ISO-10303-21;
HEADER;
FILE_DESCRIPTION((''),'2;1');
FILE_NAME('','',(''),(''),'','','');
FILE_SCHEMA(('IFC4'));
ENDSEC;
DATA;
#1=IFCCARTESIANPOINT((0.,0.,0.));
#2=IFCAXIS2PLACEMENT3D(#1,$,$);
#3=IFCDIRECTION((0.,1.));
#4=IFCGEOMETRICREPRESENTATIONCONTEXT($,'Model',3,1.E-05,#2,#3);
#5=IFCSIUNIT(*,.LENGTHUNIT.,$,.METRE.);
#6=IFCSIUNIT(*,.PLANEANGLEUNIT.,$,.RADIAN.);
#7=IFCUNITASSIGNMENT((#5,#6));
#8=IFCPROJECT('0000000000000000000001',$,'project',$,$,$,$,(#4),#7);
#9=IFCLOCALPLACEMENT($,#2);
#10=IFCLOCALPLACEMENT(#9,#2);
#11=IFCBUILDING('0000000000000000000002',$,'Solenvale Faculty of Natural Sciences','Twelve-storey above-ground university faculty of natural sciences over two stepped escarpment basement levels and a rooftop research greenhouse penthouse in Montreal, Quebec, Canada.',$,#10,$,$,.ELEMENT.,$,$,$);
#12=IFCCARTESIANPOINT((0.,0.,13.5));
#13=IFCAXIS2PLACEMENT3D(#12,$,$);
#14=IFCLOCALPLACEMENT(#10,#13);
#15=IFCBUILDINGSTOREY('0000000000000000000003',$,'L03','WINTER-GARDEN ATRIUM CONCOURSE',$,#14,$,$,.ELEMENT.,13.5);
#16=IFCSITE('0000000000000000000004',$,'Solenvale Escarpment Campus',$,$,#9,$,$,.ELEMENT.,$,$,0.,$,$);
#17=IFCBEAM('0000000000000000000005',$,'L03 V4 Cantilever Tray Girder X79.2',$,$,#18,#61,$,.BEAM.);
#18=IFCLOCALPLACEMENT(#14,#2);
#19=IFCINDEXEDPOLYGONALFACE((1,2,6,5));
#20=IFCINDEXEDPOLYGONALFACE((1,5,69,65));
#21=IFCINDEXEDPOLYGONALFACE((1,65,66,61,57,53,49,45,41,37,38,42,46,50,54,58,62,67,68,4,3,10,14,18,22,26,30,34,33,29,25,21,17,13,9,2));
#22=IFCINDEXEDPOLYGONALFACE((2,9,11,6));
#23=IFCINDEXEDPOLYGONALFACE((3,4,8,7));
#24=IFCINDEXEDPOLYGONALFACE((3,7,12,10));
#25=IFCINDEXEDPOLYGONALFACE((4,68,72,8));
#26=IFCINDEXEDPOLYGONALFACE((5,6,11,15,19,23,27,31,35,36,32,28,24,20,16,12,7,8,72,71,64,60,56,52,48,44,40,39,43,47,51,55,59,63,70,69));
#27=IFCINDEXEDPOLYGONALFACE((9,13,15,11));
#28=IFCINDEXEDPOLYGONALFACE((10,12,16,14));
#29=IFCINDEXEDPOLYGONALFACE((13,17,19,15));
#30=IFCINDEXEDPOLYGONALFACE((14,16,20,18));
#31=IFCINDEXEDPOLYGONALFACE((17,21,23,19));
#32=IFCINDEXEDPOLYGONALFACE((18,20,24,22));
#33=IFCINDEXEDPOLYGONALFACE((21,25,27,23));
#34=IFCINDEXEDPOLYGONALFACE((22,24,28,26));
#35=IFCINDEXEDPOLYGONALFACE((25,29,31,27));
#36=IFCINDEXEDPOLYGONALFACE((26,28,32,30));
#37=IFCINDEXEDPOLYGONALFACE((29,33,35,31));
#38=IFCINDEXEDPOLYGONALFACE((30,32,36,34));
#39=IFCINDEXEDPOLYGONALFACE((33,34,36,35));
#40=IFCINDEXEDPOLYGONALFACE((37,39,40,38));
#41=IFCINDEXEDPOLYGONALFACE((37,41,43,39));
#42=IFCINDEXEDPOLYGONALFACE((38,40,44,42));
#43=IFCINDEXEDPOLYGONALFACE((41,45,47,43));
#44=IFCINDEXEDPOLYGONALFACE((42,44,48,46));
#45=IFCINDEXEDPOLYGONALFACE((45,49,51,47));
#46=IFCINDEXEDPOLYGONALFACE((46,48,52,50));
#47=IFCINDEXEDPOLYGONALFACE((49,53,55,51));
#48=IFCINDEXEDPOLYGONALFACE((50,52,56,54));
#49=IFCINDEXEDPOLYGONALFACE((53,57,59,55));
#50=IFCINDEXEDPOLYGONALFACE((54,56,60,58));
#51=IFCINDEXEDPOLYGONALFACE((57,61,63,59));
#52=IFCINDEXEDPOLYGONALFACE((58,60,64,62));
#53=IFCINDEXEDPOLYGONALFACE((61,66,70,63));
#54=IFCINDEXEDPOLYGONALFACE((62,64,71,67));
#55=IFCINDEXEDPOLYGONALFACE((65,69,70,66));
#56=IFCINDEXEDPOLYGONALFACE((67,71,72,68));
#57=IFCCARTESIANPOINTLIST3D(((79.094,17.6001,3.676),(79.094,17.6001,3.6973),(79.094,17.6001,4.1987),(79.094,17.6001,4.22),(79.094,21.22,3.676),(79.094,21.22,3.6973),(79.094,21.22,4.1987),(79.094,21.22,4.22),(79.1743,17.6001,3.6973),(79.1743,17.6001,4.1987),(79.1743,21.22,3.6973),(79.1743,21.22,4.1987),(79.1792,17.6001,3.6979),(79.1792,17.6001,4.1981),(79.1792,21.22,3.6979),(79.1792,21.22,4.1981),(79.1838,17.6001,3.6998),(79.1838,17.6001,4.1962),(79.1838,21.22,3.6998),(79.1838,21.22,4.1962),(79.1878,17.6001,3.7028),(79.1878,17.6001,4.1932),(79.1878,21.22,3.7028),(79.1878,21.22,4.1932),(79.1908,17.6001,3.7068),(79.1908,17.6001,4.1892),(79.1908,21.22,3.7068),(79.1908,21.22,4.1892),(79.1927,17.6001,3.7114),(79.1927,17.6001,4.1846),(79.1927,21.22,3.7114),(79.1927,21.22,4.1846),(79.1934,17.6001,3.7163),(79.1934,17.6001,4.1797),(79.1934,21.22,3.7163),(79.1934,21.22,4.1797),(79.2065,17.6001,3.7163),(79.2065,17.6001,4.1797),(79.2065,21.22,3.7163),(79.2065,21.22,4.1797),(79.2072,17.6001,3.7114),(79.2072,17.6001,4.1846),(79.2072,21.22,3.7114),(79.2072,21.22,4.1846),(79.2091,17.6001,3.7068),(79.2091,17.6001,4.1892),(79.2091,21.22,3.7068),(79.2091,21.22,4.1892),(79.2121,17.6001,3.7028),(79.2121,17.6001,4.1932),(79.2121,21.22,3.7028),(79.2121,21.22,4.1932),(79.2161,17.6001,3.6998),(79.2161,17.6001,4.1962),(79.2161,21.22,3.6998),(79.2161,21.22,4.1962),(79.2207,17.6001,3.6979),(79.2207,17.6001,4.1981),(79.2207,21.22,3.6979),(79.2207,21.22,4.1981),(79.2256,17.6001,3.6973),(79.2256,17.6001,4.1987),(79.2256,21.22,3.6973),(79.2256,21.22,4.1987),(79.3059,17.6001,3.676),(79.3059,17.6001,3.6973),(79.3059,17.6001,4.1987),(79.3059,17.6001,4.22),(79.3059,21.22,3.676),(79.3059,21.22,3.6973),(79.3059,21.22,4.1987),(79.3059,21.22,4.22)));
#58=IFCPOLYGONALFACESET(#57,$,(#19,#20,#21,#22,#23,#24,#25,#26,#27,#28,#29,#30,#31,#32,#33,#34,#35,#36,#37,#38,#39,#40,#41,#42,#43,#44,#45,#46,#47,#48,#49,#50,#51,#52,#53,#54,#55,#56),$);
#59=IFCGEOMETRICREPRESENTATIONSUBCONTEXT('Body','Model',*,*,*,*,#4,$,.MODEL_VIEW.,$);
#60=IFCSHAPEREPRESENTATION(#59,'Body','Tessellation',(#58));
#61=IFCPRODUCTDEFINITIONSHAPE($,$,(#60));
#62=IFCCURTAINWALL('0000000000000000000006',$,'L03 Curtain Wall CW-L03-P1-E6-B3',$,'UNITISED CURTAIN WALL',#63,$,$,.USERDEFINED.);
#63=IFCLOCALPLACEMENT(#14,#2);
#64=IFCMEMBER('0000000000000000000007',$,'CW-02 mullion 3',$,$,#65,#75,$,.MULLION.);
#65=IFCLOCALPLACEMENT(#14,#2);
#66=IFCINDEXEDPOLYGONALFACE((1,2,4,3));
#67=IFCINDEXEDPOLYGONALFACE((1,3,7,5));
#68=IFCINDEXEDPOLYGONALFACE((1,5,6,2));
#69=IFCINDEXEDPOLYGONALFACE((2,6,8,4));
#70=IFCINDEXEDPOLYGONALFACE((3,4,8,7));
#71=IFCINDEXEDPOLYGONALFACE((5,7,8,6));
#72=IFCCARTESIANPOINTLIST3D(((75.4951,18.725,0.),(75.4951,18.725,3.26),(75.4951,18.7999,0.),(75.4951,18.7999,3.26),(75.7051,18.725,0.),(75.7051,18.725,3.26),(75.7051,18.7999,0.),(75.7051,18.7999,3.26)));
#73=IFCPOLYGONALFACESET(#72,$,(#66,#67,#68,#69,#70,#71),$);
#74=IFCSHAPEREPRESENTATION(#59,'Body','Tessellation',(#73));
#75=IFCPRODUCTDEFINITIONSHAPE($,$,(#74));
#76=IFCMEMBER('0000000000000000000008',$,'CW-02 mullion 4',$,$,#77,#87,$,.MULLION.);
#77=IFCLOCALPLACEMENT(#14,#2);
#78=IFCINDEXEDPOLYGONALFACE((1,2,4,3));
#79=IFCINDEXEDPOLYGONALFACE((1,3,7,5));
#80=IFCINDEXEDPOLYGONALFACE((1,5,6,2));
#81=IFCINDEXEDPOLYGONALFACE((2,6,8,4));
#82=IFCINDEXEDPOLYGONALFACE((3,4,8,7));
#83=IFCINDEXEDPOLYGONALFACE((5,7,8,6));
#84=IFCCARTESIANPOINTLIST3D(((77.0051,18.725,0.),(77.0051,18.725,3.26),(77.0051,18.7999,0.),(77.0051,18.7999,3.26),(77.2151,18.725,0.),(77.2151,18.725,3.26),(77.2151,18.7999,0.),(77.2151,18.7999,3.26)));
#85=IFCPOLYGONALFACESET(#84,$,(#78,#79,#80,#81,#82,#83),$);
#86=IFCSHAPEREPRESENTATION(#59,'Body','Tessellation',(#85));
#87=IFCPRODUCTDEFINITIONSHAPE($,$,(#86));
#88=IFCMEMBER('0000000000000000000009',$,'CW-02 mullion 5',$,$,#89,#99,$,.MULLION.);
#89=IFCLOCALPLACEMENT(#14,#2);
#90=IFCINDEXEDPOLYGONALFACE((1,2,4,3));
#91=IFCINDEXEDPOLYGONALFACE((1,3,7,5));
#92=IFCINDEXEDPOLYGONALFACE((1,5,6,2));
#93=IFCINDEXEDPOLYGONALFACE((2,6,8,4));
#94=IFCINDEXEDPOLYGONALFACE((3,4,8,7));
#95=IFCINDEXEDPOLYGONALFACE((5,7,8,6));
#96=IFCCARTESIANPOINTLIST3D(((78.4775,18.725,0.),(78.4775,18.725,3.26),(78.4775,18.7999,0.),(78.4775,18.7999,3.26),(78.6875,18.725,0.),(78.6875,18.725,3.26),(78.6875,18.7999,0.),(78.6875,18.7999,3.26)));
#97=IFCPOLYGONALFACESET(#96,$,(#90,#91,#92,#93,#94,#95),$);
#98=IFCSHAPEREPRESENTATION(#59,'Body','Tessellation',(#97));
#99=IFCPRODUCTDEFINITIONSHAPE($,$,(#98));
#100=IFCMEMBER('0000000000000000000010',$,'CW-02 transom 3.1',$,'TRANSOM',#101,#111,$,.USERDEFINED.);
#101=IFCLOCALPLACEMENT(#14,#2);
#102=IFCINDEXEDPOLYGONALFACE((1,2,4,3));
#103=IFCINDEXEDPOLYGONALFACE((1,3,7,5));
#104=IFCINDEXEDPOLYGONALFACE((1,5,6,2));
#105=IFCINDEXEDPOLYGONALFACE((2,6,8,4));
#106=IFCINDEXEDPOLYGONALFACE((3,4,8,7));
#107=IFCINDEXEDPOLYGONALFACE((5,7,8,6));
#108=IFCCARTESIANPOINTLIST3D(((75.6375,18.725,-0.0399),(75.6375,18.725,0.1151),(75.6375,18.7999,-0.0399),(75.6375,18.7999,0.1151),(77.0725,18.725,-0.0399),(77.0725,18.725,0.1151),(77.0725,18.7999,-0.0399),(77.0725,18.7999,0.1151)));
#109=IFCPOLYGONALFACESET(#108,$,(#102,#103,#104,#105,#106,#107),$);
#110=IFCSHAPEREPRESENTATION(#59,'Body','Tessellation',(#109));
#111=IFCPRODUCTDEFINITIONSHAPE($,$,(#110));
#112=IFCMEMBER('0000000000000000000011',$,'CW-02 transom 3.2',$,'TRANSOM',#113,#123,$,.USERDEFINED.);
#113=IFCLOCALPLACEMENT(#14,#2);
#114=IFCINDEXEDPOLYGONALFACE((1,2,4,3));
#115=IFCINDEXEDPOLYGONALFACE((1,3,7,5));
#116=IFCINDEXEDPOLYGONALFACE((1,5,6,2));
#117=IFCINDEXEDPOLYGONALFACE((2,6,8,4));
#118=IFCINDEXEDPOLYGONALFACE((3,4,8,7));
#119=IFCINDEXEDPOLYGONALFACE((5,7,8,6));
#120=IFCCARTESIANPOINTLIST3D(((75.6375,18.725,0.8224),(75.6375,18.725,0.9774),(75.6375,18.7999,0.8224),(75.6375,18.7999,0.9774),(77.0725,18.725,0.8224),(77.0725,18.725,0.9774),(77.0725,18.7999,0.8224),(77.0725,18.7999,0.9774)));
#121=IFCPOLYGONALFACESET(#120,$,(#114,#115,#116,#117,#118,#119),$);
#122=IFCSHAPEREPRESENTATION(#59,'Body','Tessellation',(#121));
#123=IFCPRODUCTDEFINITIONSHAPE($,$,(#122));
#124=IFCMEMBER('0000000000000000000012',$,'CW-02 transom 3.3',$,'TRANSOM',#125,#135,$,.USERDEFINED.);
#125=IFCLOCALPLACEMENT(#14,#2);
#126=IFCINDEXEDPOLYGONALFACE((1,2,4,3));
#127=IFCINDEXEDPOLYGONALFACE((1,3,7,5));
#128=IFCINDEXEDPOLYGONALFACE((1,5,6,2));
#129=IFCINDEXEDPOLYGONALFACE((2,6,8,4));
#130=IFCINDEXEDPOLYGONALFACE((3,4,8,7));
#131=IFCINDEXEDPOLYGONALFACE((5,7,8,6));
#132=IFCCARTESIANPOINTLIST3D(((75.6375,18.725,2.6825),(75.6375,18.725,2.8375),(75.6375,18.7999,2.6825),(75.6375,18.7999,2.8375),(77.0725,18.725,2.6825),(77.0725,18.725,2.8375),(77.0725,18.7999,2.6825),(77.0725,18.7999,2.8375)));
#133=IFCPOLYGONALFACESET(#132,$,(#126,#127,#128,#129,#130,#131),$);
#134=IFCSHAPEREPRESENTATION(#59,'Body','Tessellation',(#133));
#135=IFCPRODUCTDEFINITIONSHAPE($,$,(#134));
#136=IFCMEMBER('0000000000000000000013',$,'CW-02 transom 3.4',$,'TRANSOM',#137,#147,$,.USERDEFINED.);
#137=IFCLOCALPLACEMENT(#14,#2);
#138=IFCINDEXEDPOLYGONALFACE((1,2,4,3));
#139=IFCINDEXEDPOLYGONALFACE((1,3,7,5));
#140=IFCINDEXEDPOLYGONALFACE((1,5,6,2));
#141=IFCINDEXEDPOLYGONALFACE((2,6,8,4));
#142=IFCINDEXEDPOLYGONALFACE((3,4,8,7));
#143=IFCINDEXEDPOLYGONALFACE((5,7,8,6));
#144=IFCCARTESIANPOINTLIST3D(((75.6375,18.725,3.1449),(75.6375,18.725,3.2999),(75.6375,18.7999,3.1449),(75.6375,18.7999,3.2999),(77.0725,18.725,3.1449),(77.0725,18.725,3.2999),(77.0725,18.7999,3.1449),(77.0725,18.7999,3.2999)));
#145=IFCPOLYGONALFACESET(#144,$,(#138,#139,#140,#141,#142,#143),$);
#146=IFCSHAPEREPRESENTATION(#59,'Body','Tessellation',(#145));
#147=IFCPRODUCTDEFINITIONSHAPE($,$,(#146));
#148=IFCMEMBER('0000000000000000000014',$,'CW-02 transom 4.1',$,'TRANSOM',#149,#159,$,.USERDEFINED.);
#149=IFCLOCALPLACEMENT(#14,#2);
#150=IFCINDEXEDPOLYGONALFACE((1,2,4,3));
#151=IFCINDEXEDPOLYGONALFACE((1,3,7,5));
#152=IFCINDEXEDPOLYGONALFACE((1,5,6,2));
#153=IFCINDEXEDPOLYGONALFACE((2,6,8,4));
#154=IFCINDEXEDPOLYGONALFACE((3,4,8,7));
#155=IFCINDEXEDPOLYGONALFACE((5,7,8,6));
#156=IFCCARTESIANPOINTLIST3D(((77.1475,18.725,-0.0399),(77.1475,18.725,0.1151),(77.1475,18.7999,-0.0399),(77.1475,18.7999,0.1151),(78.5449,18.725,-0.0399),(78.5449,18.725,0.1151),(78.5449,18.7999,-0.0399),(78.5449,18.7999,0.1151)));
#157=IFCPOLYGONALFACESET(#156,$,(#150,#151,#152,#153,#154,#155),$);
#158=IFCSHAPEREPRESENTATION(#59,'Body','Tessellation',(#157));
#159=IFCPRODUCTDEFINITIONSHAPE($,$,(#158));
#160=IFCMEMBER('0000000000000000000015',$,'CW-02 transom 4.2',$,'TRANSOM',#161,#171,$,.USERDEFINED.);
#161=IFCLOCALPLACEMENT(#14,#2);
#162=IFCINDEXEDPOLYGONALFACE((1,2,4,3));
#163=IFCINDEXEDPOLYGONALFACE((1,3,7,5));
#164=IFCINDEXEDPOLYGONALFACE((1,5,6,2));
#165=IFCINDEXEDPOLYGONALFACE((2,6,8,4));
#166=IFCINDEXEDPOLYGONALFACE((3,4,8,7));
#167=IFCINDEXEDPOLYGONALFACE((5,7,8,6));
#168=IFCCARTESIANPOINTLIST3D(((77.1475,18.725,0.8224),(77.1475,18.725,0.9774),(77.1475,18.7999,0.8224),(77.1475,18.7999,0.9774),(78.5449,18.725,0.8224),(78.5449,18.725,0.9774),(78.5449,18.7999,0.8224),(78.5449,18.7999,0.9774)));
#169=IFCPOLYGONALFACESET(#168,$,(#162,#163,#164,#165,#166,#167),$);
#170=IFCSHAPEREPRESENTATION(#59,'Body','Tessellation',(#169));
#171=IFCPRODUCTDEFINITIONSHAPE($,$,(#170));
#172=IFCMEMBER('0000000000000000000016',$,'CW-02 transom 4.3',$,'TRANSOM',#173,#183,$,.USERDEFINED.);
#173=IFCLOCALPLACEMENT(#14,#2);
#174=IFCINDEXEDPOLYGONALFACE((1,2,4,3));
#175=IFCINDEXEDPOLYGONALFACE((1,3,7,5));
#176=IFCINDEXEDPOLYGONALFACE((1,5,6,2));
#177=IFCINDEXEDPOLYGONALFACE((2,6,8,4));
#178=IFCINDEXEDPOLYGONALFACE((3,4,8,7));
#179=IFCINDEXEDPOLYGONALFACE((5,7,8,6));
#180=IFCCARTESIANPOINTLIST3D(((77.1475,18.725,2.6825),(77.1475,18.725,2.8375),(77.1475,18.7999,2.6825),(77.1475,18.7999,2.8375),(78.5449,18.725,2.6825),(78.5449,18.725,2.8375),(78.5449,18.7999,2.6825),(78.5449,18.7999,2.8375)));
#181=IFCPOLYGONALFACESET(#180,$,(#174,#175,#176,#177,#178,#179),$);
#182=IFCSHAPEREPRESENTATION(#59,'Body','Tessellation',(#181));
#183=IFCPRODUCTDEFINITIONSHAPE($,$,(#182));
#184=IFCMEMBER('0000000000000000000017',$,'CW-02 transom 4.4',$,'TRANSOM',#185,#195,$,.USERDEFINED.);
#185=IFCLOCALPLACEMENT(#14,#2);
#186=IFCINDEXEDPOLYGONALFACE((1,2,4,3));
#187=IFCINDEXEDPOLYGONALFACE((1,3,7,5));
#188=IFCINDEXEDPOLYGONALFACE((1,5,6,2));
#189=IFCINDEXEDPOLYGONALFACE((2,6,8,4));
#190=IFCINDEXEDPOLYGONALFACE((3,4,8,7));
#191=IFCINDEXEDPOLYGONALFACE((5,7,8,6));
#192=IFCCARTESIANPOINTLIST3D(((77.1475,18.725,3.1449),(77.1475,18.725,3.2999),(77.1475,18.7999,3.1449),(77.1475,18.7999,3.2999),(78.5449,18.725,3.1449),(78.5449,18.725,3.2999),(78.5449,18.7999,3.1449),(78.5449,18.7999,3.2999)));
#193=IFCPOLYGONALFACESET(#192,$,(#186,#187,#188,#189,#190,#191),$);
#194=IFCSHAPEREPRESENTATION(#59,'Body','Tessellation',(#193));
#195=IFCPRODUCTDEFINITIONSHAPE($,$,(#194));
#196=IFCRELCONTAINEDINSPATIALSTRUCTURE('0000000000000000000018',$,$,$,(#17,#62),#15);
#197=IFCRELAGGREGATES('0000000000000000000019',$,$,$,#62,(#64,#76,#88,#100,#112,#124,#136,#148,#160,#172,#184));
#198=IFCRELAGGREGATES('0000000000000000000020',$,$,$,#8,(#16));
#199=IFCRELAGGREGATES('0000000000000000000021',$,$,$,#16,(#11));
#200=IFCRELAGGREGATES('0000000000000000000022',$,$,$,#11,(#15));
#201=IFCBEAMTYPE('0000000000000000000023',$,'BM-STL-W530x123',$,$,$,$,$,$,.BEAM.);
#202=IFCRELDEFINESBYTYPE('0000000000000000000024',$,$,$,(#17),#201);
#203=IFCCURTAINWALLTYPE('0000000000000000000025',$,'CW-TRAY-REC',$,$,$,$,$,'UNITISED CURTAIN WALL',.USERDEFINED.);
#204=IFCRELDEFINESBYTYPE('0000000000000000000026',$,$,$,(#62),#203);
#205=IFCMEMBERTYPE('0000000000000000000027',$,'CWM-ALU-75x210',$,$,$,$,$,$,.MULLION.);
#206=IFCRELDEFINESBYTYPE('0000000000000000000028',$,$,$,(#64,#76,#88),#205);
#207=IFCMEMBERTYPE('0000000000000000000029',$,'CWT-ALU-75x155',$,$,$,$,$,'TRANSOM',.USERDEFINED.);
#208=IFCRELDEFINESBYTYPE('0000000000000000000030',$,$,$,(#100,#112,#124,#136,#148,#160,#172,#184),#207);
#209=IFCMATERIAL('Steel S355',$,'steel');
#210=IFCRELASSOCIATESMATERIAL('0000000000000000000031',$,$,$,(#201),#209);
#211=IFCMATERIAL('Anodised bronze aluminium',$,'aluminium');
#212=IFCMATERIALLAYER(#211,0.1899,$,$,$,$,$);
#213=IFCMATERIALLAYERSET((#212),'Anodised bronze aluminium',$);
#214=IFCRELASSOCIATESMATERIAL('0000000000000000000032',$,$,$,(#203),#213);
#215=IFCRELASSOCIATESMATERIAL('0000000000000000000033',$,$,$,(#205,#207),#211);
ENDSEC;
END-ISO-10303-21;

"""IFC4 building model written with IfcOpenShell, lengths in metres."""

from ifc_helpers import new_model, si_unit, direction, frame, origin, origin_2d, place, context, subcontext, project, spatial, rectangle, i_section, extrude, material, layer, layer_set, material_profile, profile_set, type_object, element, aggregate, save


model = new_model("IFC4")

# Units and contexts
model_context = context("Model", 3, precision=1e-05, world=origin(), true_north=direction((0.0, 1.0)))
body_context = subcontext(model_context, "Body", "Model", "MODEL_VIEW")
ifc_project = project(units=[si_unit("LENGTHUNIT", "METRE"), si_unit("PLANEANGLEUNIT", "RADIAN")], contexts=[model_context])

# Site, building, storey
site_placement = place(None, origin())
site = spatial("IfcSite", under=ifc_project, at=site_placement, Name="Solenvale Escarpment Campus", CompositionType="ELEMENT", RefElevation=0.0)
building_placement = place(site_placement, origin())
building = spatial("IfcBuilding", under=site, at=building_placement, Name="Solenvale Faculty of Natural Sciences", Description="Twelve-storey above-ground university faculty of natural sciences over two stepped escarpment basement levels and a rooftop research greenhouse penthouse in Montreal, Quebec, Canada.", CompositionType="ELEMENT")
storey_placement = place(building_placement, frame((0.0, 0.0, 13.5)))
storey = spatial("IfcBuildingStorey", under=building, at=storey_placement, Name="L03", Description="WINTER-GARDEN ATRIUM CONCOURSE", CompositionType="ELEMENT", Elevation=13.5)

# Beam
ifc_material_1 = material(Name="Steel S355", Category="steel")
ifc_material_profile_1 = material_profile(ifc_material_1, i_section(OverallWidth=0.2119, OverallDepth=0.5439, WebThickness=0.0132, FlangeThickness=0.0212, FilletRadius=0.019, at=origin_2d()), Name="W530x123")
ifc_profile_set_1 = profile_set([ifc_material_profile_1], Name="Steel S355")
beam_type = type_object("IfcBeamType", Name="BM-STL-W530x123", PredefinedType="BEAM", material=ifc_profile_set_1)
beam_placement = place(storey_placement, frame((79.2, 21.22, 3.948), z_axis=(0.0, -1.0, 0.0), x_axis=(1.0, 0.0, 0.0)))
element("IfcBeam", 1, at=beam_placement, inside=storey, type_object=beam_type, Name="L03 V4 Cantilever Tray Girder X79.2", PredefinedType="BEAM", context=body_context, shape_type="SweptSolid", body=[
    extrude(i_section(OverallWidth=0.2119, OverallDepth=0.5439, WebThickness=0.0132, FlangeThickness=0.0212, FilletRadius=0.019, at=origin_2d()), origin(), (0.0, 0.0, 1.0), 3.6199),
])

# Curtain wall, members
ifc_material_2 = material(Name="Anodised bronze aluminium", Category="aluminium")
ifc_layer_1 = layer(ifc_material_2, 0.1899)
ifc_layer_set_1 = layer_set([ifc_layer_1], Name="Anodised bronze aluminium")
curtain_wall_type = type_object("IfcCurtainWallType", Name="CW-TRAY-REC", ElementType="UNITISED CURTAIN WALL", PredefinedType="USERDEFINED", material=ifc_layer_set_1)
curtain_wall_placement = place(storey_placement, origin())
curtain_wall = element("IfcCurtainWall", 2, at=curtain_wall_placement, inside=storey, type_object=curtain_wall_type, Name="L03 Curtain Wall CW-L03-P1-E6-B3", ObjectType="UNITISED CURTAIN WALL", PredefinedType="USERDEFINED")
ifc_material_profile_2 = material_profile(ifc_material_2, rectangle(XDim=0.075, YDim=0.21, at=origin_2d()), Name="ALU-MUL-75x210")
ifc_profile_set_2 = profile_set([ifc_material_profile_2], Name="Anodised bronze aluminium")
member_type_1 = type_object("IfcMemberType", Name="CWM-ALU-75x210", PredefinedType="MULLION", material=ifc_profile_set_2)
member_1_placement = place(storey_placement, frame((75.6001, 18.7625, 0.0), z_axis=(0.0, 0.0, 1.0), x_axis=(0.0, 1.0, 0.0)))
member_1 = element("IfcMember", 3, at=member_1_placement, type_object=member_type_1, Name="CW-02 mullion 3", PredefinedType="MULLION", context=body_context, shape_type="SweptSolid", body=[
    extrude(rectangle(XDim=0.075, YDim=0.21, at=origin_2d()), origin(), (0.0, 0.0, 1.0), 3.26),
])
member_2_placement = place(storey_placement, frame((77.1101, 18.7625, 0.0), z_axis=(0.0, 0.0, 1.0), x_axis=(0.0, 1.0, 0.0)))
member_2 = element("IfcMember", 4, at=member_2_placement, type_object=member_type_1, Name="CW-02 mullion 4", PredefinedType="MULLION", context=body_context, shape_type="SweptSolid", body=[
    extrude(rectangle(XDim=0.075, YDim=0.21, at=origin_2d()), origin(), (0.0, 0.0, 1.0), 3.26),
])
member_3_placement = place(storey_placement, frame((78.5825, 18.7625, 0.0), z_axis=(0.0, 0.0, 1.0), x_axis=(0.0, 1.0, 0.0)))
member_3 = element("IfcMember", 5, at=member_3_placement, type_object=member_type_1, Name="CW-02 mullion 5", PredefinedType="MULLION", context=body_context, shape_type="SweptSolid", body=[
    extrude(rectangle(XDim=0.075, YDim=0.21, at=origin_2d()), origin(), (0.0, 0.0, 1.0), 3.26),
])
ifc_material_profile_3 = material_profile(ifc_material_2, rectangle(XDim=0.075, YDim=0.155, at=origin_2d()), Name="ALU-TRN-75x155")
ifc_profile_set_3 = profile_set([ifc_material_profile_3], Name="Anodised bronze aluminium")
member_type_2 = type_object("IfcMemberType", Name="CWT-ALU-75x155", ElementType="TRANSOM", PredefinedType="USERDEFINED", material=ifc_profile_set_3)
member_4_placement = place(storey_placement, frame((75.6375, 18.7625, 0.0376), z_axis=(1.0, 0.0, 0.0), x_axis=(0.0, 1.0, 0.0)))
member_4 = element("IfcMember", 6, at=member_4_placement, type_object=member_type_2, Name="CW-02 transom 3.1", ObjectType="TRANSOM", PredefinedType="USERDEFINED", context=body_context, shape_type="SweptSolid", body=[
    extrude(rectangle(XDim=0.075, YDim=0.155, at=origin_2d()), origin(), (0.0, 0.0, 1.0), 1.4351),
])
member_5_placement = place(storey_placement, frame((75.6375, 18.7625, 0.8999), z_axis=(1.0, 0.0, 0.0), x_axis=(0.0, 1.0, 0.0)))
member_5 = element("IfcMember", 7, at=member_5_placement, type_object=member_type_2, Name="CW-02 transom 3.2", ObjectType="TRANSOM", PredefinedType="USERDEFINED", context=body_context, shape_type="SweptSolid", body=[
    extrude(rectangle(XDim=0.075, YDim=0.155, at=origin_2d()), origin(), (0.0, 0.0, 1.0), 1.4351),
])
member_6_placement = place(storey_placement, frame((75.6375, 18.7625, 2.76), z_axis=(1.0, 0.0, 0.0), x_axis=(0.0, 1.0, 0.0)))
member_6 = element("IfcMember", 8, at=member_6_placement, type_object=member_type_2, Name="CW-02 transom 3.3", ObjectType="TRANSOM", PredefinedType="USERDEFINED", context=body_context, shape_type="SweptSolid", body=[
    extrude(rectangle(XDim=0.075, YDim=0.155, at=origin_2d()), origin(), (0.0, 0.0, 1.0), 1.4351),
])
member_7_placement = place(storey_placement, frame((75.6375, 18.7625, 3.2224), z_axis=(1.0, 0.0, 0.0), x_axis=(0.0, 1.0, 0.0)))
member_7 = element("IfcMember", 9, at=member_7_placement, type_object=member_type_2, Name="CW-02 transom 3.4", ObjectType="TRANSOM", PredefinedType="USERDEFINED", context=body_context, shape_type="SweptSolid", body=[
    extrude(rectangle(XDim=0.075, YDim=0.155, at=origin_2d()), origin(), (0.0, 0.0, 1.0), 1.4351),
])
member_8_placement = place(storey_placement, frame((77.1475, 18.7625, 0.0376), z_axis=(1.0, 0.0, 0.0), x_axis=(0.0, 1.0, 0.0)))
member_8 = element("IfcMember", 10, at=member_8_placement, type_object=member_type_2, Name="CW-02 transom 4.1", ObjectType="TRANSOM", PredefinedType="USERDEFINED", context=body_context, shape_type="SweptSolid", body=[
    extrude(rectangle(XDim=0.075, YDim=0.155, at=origin_2d()), origin(), (0.0, 0.0, 1.0), 1.3975),
])
member_9_placement = place(storey_placement, frame((77.1475, 18.7625, 0.8999), z_axis=(1.0, 0.0, 0.0), x_axis=(0.0, 1.0, 0.0)))
member_9 = element("IfcMember", 11, at=member_9_placement, type_object=member_type_2, Name="CW-02 transom 4.2", ObjectType="TRANSOM", PredefinedType="USERDEFINED", context=body_context, shape_type="SweptSolid", body=[
    extrude(rectangle(XDim=0.075, YDim=0.155, at=origin_2d()), origin(), (0.0, 0.0, 1.0), 1.3975),
])
member_10_placement = place(storey_placement, frame((77.1475, 18.7625, 2.76), z_axis=(1.0, 0.0, 0.0), x_axis=(0.0, 1.0, 0.0)))
member_10 = element("IfcMember", 12, at=member_10_placement, type_object=member_type_2, Name="CW-02 transom 4.3", ObjectType="TRANSOM", PredefinedType="USERDEFINED", context=body_context, shape_type="SweptSolid", body=[
    extrude(rectangle(XDim=0.075, YDim=0.155, at=origin_2d()), origin(), (0.0, 0.0, 1.0), 1.3975),
])
member_11_placement = place(storey_placement, frame((77.1475, 18.7625, 3.2224), z_axis=(1.0, 0.0, 0.0), x_axis=(0.0, 1.0, 0.0)))
member_11 = element("IfcMember", 13, at=member_11_placement, type_object=member_type_2, Name="CW-02 transom 4.4", ObjectType="TRANSOM", PredefinedType="USERDEFINED", context=body_context, shape_type="SweptSolid", body=[
    extrude(rectangle(XDim=0.075, YDim=0.155, at=origin_2d()), origin(), (0.0, 0.0, 1.0), 1.3975),
])
aggregate(curtain_wall, [member_1, member_2, member_3, member_4, member_5, member_6, member_7, member_8, member_9, member_10, member_11])

save(model, "model.ifc")
